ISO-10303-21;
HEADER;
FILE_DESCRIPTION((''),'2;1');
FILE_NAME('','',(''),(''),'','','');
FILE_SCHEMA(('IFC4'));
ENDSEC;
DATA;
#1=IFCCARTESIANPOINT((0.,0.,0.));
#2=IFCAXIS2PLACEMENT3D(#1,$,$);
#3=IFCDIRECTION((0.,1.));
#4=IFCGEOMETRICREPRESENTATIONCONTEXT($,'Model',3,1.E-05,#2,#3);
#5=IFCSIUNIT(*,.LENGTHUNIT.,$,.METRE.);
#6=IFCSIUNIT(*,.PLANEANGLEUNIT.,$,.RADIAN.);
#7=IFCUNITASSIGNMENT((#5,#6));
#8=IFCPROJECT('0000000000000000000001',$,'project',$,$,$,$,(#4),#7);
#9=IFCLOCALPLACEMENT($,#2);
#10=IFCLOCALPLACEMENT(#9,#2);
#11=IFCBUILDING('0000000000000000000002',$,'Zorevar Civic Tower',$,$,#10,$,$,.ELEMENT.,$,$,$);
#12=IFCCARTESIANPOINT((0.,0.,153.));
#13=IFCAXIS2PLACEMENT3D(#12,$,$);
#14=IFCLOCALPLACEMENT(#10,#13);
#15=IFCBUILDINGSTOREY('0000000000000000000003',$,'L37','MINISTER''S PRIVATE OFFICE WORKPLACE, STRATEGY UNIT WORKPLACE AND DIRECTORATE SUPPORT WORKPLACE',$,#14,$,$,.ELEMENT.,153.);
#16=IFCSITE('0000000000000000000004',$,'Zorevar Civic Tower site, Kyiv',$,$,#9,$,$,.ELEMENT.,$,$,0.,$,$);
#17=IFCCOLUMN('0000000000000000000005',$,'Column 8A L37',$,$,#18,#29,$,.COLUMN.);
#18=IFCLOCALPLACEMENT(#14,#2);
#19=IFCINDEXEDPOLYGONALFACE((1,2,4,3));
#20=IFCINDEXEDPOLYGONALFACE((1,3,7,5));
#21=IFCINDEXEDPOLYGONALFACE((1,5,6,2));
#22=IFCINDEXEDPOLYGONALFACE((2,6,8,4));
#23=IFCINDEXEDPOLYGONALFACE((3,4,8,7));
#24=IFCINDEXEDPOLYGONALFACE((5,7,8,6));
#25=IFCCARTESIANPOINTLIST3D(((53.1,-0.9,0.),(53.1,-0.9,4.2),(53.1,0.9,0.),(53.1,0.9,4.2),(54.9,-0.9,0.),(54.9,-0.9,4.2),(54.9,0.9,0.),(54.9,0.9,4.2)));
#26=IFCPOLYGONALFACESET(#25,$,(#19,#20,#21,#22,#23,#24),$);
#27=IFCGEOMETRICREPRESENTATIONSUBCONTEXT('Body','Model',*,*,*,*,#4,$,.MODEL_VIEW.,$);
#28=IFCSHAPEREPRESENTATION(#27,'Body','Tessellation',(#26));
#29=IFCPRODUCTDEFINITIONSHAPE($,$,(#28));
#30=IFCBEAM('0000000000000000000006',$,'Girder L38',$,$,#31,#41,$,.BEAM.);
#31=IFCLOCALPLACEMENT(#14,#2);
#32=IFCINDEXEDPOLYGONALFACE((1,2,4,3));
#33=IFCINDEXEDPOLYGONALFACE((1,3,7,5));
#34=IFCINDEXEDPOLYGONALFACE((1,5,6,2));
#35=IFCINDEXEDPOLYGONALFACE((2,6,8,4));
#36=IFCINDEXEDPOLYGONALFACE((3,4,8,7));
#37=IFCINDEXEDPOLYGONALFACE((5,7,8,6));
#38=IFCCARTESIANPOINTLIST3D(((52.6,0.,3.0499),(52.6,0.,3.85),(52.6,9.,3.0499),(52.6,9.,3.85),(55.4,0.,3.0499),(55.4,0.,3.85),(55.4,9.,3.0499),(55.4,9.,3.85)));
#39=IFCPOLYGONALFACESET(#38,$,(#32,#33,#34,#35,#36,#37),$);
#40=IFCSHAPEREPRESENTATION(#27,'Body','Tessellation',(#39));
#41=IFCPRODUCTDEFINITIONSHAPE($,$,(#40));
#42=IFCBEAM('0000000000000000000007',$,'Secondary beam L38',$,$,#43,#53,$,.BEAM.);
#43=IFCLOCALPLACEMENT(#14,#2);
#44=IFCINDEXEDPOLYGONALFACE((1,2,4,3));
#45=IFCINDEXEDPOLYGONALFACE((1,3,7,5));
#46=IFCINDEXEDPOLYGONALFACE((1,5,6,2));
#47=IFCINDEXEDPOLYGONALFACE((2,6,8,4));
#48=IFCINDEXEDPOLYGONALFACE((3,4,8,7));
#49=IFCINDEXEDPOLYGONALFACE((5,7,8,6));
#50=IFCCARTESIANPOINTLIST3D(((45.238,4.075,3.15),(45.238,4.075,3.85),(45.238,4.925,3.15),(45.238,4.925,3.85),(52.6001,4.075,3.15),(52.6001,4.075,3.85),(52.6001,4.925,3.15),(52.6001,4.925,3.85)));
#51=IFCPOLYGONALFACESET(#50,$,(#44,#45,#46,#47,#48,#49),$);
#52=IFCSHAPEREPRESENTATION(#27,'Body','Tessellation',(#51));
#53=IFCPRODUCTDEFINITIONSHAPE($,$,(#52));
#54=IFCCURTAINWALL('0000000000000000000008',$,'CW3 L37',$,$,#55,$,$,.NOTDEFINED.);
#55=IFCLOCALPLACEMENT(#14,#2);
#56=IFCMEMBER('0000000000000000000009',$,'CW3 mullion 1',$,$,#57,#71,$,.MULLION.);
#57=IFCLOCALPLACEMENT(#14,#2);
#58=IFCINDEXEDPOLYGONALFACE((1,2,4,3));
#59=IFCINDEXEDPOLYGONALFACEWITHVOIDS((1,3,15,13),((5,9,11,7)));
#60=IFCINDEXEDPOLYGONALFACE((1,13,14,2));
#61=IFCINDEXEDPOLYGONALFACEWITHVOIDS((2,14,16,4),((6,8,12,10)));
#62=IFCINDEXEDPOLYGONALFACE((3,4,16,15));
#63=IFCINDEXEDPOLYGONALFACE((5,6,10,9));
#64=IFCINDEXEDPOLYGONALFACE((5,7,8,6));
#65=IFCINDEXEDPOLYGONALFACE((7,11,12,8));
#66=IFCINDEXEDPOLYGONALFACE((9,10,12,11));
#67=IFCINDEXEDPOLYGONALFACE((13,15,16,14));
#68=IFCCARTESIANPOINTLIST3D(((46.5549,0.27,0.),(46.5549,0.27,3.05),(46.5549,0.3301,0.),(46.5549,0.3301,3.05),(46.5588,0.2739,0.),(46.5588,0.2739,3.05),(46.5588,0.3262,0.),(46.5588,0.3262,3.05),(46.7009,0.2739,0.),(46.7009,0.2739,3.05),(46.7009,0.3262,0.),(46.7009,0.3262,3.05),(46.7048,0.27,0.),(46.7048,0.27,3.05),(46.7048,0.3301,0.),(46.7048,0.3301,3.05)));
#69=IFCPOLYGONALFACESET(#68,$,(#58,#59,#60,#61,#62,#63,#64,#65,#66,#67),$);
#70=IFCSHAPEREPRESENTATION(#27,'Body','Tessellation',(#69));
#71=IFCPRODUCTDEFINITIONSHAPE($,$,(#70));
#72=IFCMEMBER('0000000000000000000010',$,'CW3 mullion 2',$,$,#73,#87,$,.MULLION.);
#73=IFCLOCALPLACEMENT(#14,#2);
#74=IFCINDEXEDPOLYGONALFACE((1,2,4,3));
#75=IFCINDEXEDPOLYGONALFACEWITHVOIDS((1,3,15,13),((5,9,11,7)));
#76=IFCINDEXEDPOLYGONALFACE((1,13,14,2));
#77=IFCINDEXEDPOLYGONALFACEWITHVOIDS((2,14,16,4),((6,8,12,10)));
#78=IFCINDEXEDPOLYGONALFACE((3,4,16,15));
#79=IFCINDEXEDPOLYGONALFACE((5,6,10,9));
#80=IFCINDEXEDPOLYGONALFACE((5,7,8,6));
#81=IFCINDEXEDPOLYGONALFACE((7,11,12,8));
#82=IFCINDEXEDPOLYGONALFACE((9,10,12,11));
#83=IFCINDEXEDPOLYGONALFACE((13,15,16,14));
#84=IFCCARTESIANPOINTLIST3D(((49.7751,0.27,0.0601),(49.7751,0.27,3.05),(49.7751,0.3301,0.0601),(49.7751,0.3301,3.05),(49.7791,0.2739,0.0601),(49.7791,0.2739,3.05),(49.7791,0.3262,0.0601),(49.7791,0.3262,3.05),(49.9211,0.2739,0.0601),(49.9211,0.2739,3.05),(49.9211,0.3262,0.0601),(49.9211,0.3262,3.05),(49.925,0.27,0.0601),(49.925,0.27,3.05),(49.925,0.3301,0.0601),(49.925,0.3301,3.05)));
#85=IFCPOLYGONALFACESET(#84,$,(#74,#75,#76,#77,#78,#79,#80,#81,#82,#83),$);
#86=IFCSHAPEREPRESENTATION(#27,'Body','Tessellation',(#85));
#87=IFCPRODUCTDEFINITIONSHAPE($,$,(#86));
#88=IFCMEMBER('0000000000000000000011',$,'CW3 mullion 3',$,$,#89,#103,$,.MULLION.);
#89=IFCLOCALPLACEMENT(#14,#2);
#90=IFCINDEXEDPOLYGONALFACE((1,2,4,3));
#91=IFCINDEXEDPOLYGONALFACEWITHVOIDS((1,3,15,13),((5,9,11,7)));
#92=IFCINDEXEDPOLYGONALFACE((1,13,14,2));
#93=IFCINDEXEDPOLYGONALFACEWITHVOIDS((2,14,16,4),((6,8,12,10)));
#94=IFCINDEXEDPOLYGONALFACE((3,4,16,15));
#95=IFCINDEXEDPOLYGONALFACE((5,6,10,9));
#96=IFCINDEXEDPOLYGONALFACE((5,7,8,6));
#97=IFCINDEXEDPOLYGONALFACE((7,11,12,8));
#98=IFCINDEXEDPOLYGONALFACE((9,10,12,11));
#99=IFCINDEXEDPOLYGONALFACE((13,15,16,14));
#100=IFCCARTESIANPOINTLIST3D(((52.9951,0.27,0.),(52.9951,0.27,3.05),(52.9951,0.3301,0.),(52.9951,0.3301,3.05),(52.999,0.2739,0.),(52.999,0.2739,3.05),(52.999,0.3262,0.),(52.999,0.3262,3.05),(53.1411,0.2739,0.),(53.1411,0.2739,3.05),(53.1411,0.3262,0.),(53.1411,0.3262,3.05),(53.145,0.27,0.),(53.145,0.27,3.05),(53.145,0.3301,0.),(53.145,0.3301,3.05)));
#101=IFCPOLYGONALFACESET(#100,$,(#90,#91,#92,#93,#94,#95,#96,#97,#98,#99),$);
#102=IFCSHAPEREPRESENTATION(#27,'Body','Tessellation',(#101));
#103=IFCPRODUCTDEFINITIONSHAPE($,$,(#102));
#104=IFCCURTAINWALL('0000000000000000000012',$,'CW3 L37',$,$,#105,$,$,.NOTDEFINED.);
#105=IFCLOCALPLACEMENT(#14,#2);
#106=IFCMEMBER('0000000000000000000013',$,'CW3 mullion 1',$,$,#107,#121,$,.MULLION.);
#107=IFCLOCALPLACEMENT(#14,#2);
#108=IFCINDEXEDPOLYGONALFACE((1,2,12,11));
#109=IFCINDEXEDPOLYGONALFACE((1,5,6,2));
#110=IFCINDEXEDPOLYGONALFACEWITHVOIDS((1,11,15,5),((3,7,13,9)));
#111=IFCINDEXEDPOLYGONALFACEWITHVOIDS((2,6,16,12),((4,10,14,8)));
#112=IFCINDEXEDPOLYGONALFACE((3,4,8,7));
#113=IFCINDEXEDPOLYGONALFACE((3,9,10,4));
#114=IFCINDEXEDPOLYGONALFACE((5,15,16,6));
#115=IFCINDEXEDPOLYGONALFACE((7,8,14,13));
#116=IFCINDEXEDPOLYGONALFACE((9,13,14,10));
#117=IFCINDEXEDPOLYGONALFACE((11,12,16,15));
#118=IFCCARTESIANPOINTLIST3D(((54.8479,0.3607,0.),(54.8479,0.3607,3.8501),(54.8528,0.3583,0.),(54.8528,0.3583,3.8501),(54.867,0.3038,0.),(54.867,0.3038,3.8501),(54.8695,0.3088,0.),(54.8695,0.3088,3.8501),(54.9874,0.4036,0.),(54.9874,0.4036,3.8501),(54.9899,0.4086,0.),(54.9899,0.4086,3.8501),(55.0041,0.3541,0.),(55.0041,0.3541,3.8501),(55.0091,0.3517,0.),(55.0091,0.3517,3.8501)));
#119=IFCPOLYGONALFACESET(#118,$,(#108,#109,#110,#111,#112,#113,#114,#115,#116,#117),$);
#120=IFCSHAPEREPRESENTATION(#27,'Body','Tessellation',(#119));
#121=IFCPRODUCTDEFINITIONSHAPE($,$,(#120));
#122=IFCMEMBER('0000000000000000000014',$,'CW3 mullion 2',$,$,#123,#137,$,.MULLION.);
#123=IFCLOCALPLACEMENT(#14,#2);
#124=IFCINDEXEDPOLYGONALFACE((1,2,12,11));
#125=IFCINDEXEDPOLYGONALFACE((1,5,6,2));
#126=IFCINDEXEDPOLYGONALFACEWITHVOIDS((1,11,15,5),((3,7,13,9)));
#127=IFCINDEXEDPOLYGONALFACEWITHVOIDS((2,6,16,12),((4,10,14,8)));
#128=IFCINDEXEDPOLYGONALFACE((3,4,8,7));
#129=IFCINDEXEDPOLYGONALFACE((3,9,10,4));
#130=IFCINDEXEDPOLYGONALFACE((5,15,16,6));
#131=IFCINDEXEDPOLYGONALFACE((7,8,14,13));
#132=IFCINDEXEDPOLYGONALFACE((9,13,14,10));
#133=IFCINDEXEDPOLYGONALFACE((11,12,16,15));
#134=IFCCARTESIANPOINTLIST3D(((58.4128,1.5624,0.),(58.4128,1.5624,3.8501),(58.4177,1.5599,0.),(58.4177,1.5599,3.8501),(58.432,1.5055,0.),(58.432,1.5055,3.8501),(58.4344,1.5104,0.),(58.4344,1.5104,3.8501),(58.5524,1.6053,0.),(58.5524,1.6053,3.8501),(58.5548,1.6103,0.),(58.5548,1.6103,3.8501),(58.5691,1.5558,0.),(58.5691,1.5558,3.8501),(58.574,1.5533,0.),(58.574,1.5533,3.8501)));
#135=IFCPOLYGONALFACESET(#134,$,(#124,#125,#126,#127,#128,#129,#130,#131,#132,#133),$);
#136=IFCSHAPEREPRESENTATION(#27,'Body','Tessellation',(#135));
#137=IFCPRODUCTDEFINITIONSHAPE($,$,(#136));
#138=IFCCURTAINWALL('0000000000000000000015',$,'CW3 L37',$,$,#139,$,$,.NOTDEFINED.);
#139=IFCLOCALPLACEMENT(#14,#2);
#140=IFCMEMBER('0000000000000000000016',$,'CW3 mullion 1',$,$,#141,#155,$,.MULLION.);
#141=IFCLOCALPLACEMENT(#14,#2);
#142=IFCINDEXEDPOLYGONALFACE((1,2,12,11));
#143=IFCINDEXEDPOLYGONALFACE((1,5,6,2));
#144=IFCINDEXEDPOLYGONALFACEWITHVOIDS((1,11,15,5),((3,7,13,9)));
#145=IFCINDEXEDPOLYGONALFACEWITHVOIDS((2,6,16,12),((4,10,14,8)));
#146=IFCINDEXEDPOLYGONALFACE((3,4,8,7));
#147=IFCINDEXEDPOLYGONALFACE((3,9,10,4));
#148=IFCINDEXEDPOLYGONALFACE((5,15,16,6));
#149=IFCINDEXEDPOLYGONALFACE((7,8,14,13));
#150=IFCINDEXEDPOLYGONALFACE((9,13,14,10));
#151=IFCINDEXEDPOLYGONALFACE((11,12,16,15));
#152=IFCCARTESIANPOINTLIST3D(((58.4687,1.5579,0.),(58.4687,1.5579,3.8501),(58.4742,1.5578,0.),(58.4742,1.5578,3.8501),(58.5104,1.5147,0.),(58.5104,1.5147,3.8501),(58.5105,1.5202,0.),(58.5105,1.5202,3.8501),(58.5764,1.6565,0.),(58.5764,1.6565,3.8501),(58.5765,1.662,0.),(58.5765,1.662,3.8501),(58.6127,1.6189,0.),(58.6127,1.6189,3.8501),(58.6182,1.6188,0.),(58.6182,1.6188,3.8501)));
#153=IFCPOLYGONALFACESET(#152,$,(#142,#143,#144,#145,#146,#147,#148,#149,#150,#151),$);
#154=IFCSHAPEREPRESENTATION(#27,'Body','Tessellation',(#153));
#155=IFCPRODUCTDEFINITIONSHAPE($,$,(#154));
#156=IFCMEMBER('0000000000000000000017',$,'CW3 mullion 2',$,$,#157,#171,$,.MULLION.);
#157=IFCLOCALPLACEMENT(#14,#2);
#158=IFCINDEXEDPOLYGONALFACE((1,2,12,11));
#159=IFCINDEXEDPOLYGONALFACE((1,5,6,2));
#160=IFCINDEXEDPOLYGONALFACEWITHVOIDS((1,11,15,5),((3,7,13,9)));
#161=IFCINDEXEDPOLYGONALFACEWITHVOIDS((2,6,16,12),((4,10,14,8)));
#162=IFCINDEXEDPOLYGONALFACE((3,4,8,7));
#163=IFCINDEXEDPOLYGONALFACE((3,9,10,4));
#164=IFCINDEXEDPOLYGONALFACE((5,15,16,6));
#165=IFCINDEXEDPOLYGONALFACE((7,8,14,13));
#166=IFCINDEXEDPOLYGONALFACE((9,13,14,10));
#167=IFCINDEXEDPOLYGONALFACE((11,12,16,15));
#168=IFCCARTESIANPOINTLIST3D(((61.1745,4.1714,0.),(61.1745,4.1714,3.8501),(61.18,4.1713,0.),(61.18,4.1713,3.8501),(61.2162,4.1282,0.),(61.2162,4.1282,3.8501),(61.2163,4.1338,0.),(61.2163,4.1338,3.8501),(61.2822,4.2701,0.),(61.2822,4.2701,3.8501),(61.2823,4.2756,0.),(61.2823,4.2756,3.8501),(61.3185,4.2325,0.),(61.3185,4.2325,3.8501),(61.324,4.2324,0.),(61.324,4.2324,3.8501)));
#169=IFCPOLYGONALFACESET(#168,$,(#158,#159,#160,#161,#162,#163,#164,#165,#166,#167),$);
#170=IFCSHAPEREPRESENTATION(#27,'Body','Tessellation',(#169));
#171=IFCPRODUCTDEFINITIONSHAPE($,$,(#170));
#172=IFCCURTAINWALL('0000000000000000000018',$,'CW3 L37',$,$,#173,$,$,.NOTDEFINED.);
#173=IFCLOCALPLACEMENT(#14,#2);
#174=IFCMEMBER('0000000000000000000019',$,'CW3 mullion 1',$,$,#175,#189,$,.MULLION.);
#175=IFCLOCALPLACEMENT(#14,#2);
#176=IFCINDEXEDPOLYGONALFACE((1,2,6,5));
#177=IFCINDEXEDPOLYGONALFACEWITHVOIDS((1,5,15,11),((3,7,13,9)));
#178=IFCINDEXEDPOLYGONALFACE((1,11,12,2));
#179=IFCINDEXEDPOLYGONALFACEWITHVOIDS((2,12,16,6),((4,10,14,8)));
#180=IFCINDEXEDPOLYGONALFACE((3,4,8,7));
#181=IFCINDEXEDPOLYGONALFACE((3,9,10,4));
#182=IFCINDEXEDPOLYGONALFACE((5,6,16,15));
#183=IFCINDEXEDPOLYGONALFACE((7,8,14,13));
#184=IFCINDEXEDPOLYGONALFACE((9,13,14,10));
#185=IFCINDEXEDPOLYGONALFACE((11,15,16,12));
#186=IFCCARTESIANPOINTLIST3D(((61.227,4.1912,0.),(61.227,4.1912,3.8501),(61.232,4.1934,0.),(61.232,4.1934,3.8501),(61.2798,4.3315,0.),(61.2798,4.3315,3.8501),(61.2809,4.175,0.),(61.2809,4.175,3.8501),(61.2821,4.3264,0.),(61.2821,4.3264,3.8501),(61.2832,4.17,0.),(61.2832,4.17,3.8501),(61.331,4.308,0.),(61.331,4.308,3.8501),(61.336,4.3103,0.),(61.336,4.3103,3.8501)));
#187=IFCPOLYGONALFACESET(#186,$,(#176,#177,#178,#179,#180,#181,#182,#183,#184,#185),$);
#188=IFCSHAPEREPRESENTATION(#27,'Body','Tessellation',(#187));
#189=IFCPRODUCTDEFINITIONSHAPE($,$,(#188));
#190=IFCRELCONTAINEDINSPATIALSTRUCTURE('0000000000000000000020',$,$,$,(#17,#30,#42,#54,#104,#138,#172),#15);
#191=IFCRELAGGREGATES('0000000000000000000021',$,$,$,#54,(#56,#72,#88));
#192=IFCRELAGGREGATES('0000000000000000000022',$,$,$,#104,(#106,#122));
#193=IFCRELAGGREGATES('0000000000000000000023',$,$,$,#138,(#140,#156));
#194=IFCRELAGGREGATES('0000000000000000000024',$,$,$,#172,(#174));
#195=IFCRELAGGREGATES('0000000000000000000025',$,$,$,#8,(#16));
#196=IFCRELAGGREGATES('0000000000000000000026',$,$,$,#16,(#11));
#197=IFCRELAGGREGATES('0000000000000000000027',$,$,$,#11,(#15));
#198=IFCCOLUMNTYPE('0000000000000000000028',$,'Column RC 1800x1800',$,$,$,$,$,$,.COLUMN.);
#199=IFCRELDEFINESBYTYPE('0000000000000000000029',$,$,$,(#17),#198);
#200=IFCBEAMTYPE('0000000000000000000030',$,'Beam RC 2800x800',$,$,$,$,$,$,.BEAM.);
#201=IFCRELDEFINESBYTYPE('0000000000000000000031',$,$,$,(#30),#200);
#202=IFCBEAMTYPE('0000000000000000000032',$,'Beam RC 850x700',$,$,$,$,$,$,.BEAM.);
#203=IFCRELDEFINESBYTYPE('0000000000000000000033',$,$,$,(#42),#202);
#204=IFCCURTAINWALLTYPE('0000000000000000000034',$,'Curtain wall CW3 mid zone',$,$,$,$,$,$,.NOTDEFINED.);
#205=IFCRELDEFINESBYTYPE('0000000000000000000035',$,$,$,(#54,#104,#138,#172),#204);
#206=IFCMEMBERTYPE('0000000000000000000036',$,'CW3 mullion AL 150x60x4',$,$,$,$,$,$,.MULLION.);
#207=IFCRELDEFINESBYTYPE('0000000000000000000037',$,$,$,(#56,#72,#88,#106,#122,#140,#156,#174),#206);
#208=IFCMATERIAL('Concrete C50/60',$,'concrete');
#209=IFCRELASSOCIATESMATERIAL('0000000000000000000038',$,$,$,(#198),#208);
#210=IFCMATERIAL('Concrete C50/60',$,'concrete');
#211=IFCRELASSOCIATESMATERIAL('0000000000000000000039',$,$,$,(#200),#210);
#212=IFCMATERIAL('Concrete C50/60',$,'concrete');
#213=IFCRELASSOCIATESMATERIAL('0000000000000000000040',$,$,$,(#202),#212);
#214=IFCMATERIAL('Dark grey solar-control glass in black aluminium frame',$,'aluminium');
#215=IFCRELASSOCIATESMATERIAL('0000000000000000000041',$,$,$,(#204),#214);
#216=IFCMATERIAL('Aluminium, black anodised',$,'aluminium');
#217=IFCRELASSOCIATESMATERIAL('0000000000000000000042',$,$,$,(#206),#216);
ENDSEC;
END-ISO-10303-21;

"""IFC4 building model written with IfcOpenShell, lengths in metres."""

from ifc_helpers import new_model, si_unit, direction, frame, origin, origin_2d, place, context, subcontext, project, spatial, rectangle, hollow_rectangle, extrude, material, material_profile, profile_set, type_object, element, aggregate, save


model = new_model("IFC4")

# Units and contexts
model_context = context("Model", 3, precision=1e-05, world=origin(), true_north=direction((0.0, 1.0)))
body_context = subcontext(model_context, "Body", "Model", "MODEL_VIEW")
ifc_project = project(units=[si_unit("LENGTHUNIT", "METRE"), si_unit("PLANEANGLEUNIT", "RADIAN")], contexts=[model_context])

# Site, building, storey
site_placement = place(None, origin())
site = spatial("IfcSite", under=ifc_project, at=site_placement, Name="Zorevar Civic Tower site, Kyiv", CompositionType="ELEMENT", RefElevation=0.0)
building_placement = place(site_placement, origin())
building = spatial("IfcBuilding", under=site, at=building_placement, Name="Zorevar Civic Tower", CompositionType="ELEMENT")
storey_placement = place(building_placement, frame((0.0, 0.0, 153.0)))
storey = spatial("IfcBuildingStorey", under=building, at=storey_placement, Name="L37", Description="MINISTER'S PRIVATE OFFICE WORKPLACE, STRATEGY UNIT WORKPLACE AND DIRECTORATE SUPPORT WORKPLACE", CompositionType="ELEMENT", Elevation=153.0)

# Column
ifc_material_1 = material(Name="Concrete C50/60", Category="concrete")
ifc_material_profile_1 = material_profile(ifc_material_1, rectangle(XDim=1.8, YDim=1.8, at=origin_2d()), Name="RC 1800x1800")
ifc_profile_set_1 = profile_set([ifc_material_profile_1], Name="Concrete C50/60")
column_type = type_object("IfcColumnType", Name="Column RC 1800x1800", PredefinedType="COLUMN", material=ifc_profile_set_1)
column_placement = place(storey_placement, frame((54.0, 0.0, 0.0), z_axis=(0.0, 0.0, 1.0), x_axis=(1.0, 0.0, 0.0)))
element("IfcColumn", 1, at=column_placement, inside=storey, type_object=column_type, Name="Column 8A L37", PredefinedType="COLUMN", context=body_context, shape_type="SweptSolid", body=[
    extrude(rectangle(XDim=1.8, YDim=1.8, at=origin_2d()), origin(), (0.0, 0.0, 1.0), 4.2),
])

# Beams
ifc_material_2 = material(Name="Concrete C50/60", Category="concrete")
ifc_material_profile_2 = material_profile(ifc_material_2, rectangle(XDim=2.8, YDim=0.8, at=origin_2d()), Name="RC 2800x800")
ifc_profile_set_2 = profile_set([ifc_material_profile_2], Name="Concrete C50/60")
beam_type_1 = type_object("IfcBeamType", Name="Beam RC 2800x800", PredefinedType="BEAM", material=ifc_profile_set_2)
beam_1_placement = place(storey_placement, frame((54.0, 0.0, 3.45), z_axis=(0.0, 1.0, 0.0), x_axis=(-1.0, 0.0, 0.0)))
element("IfcBeam", 2, at=beam_1_placement, inside=storey, type_object=beam_type_1, Name="Girder L38", PredefinedType="BEAM", context=body_context, shape_type="SweptSolid", body=[
    extrude(rectangle(XDim=2.8, YDim=0.8, at=origin_2d()), origin(), (0.0, 0.0, 1.0), 9.0),
])
ifc_material_3 = material(Name="Concrete C50/60", Category="concrete")
ifc_material_profile_3 = material_profile(ifc_material_3, rectangle(XDim=0.8501, YDim=0.7, at=origin_2d()), Name="RC 850x700")
ifc_profile_set_3 = profile_set([ifc_material_profile_3], Name="Concrete C50/60")
beam_type_2 = type_object("IfcBeamType", Name="Beam RC 850x700", PredefinedType="BEAM", material=ifc_profile_set_3)
beam_2_placement = place(storey_placement, frame((45.238, 4.5, 3.5), z_axis=(1.0, 0.0, 0.0), x_axis=(0.0, 1.0, 0.0)))
element("IfcBeam", 3, at=beam_2_placement, inside=storey, type_object=beam_type_2, Name="Secondary beam L38", PredefinedType="BEAM", context=body_context, shape_type="SweptSolid", body=[
    extrude(rectangle(XDim=0.8501, YDim=0.7, at=origin_2d()), origin(), (0.0, 0.0, 1.0), 7.3621),
])

# Curtain walls, members
ifc_material_4 = material(Name="Dark grey solar-control glass in black aluminium frame", Category="aluminium")
curtain_wall_type = type_object("IfcCurtainWallType", Name="Curtain wall CW3 mid zone", PredefinedType="NOTDEFINED", material=ifc_material_4)
curtain_wall_1_placement = place(storey_placement, origin())
curtain_wall_1 = element("IfcCurtainWall", 4, at=curtain_wall_1_placement, inside=storey, type_object=curtain_wall_type, Name="CW3 L37", PredefinedType="NOTDEFINED")
ifc_material_5 = material(Name="Aluminium, black anodised", Category="aluminium")
ifc_material_profile_4 = material_profile(ifc_material_5, hollow_rectangle(XDim=0.0601, YDim=0.1499, WallThickness=0.0039, at=origin_2d()), Name="AL 150x60x4")
ifc_profile_set_4 = profile_set([ifc_material_profile_4], Name="Aluminium, black anodised")
member_type_1 = type_object("IfcMemberType", Name="CW3 mullion AL 150x60x4", PredefinedType="MULLION", material=ifc_profile_set_4)
member_1_placement = place(storey_placement, frame((46.6299, 0.3, 0.0), z_axis=(0.0, 0.0, 1.0), x_axis=(0.0, 1.0, 0.0)))
member_1 = element("IfcMember", 5, at=member_1_placement, type_object=member_type_1, Name="CW3 mullion 1", PredefinedType="MULLION", context=body_context, shape_type="SweptSolid", body=[
    extrude(hollow_rectangle(XDim=0.0601, YDim=0.1499, WallThickness=0.0039, at=origin_2d()), origin(), (0.0, 0.0, 1.0), 3.05),
])
member_2_placement = place(storey_placement, frame((49.8501, 0.3, 0.0601), z_axis=(0.0, 0.0, 1.0), x_axis=(0.0, 1.0, 0.0)))
member_2 = element("IfcMember", 6, at=member_2_placement, type_object=member_type_1, Name="CW3 mullion 2", PredefinedType="MULLION", context=body_context, shape_type="SweptSolid", body=[
    extrude(hollow_rectangle(XDim=0.0601, YDim=0.1499, WallThickness=0.0039, at=origin_2d()), origin(), (0.0, 0.0, 1.0), 2.99),
])
member_3_placement = place(storey_placement, frame((53.0701, 0.3, 0.0), z_axis=(0.0, 0.0, 1.0), x_axis=(0.0, 1.0, 0.0)))
member_3 = element("IfcMember", 7, at=member_3_placement, type_object=member_type_1, Name="CW3 mullion 3", PredefinedType="MULLION", context=body_context, shape_type="SweptSolid", body=[
    extrude(hollow_rectangle(XDim=0.0601, YDim=0.1499, WallThickness=0.0039, at=origin_2d()), origin(), (0.0, 0.0, 1.0), 3.05),
])
curtain_wall_2_placement = place(storey_placement, origin())
curtain_wall_2 = element("IfcCurtainWall", 8, at=curtain_wall_2_placement, inside=storey, type_object=curtain_wall_type, Name="CW3 L37", PredefinedType="NOTDEFINED")
member_4_placement = place(storey_placement, frame((54.9285, 0.3562, 0.0), z_axis=(0.0, 0.0, 1.0), x_axis=(-0.319413, 0.947616, 0.0)))
member_4 = element("IfcMember", 9, at=member_4_placement, type_object=member_type_1, Name="CW3 mullion 1", PredefinedType="MULLION", context=body_context, shape_type="SweptSolid", body=[
    extrude(hollow_rectangle(XDim=0.0601, YDim=0.1499, WallThickness=0.0039, at=origin_2d()), origin(), (0.0, 0.0, 1.0), 3.8501),
])
member_5_placement = place(storey_placement, frame((58.4934, 1.5579, 0.0), z_axis=(0.0, 0.0, 1.0), x_axis=(-0.319413, 0.947616, 0.0)))
member_5 = element("IfcMember", 10, at=member_5_placement, type_object=member_type_1, Name="CW3 mullion 2", PredefinedType="MULLION", context=body_context, shape_type="SweptSolid", body=[
    extrude(hollow_rectangle(XDim=0.0601, YDim=0.1499, WallThickness=0.0039, at=origin_2d()), origin(), (0.0, 0.0, 1.0), 3.8501),
])
curtain_wall_3_placement = place(storey_placement, origin())
curtain_wall_3 = element("IfcCurtainWall", 11, at=curtain_wall_3_placement, inside=storey, type_object=curtain_wall_type, Name="CW3 L37", PredefinedType="NOTDEFINED")
member_6_placement = place(storey_placement, frame((58.5435, 1.5884, 0.0), z_axis=(0.0, 0.0, 1.0), x_axis=(-0.694719, 0.719281, 0.0)))
member_6 = element("IfcMember", 12, at=member_6_placement, type_object=member_type_1, Name="CW3 mullion 1", PredefinedType="MULLION", context=body_context, shape_type="SweptSolid", body=[
    extrude(hollow_rectangle(XDim=0.0601, YDim=0.1499, WallThickness=0.0039, at=origin_2d()), origin(), (0.0, 0.0, 1.0), 3.8501),
])
member_7_placement = place(storey_placement, frame((61.2493, 4.2019, 0.0), z_axis=(0.0, 0.0, 1.0), x_axis=(-0.694719, 0.719281, 0.0)))
member_7 = element("IfcMember", 13, at=member_7_placement, type_object=member_type_1, Name="CW3 mullion 2", PredefinedType="MULLION", context=body_context, shape_type="SweptSolid", body=[
    extrude(hollow_rectangle(XDim=0.0601, YDim=0.1499, WallThickness=0.0039, at=origin_2d()), origin(), (0.0, 0.0, 1.0), 3.8501),
])

# Curtain wall, member
curtain_wall_4_placement = place(storey_placement, origin())
curtain_wall_4 = element("IfcCurtainWall", 14, at=curtain_wall_4_placement, inside=storey, type_object=curtain_wall_type, Name="CW3 L37", PredefinedType="NOTDEFINED")
member_8_placement = place(storey_placement, frame((61.2815, 4.2507, 0.0), z_axis=(0.0, 0.0, 1.0), x_axis=(-0.935951, 0.352132, 0.0)))
member_8 = element("IfcMember", 15, at=member_8_placement, type_object=member_type_1, Name="CW3 mullion 1", PredefinedType="MULLION", context=body_context, shape_type="SweptSolid", body=[
    extrude(hollow_rectangle(XDim=0.0601, YDim=0.1499, WallThickness=0.0039, at=origin_2d()), origin(), (0.0, 0.0, 1.0), 3.8501),
])

aggregate(curtain_wall_1, [member_1, member_2, member_3])
aggregate(curtain_wall_2, [member_4, member_5])
aggregate(curtain_wall_3, [member_6, member_7])
aggregate(curtain_wall_4, [member_8])

save(model, "model.ifc")
